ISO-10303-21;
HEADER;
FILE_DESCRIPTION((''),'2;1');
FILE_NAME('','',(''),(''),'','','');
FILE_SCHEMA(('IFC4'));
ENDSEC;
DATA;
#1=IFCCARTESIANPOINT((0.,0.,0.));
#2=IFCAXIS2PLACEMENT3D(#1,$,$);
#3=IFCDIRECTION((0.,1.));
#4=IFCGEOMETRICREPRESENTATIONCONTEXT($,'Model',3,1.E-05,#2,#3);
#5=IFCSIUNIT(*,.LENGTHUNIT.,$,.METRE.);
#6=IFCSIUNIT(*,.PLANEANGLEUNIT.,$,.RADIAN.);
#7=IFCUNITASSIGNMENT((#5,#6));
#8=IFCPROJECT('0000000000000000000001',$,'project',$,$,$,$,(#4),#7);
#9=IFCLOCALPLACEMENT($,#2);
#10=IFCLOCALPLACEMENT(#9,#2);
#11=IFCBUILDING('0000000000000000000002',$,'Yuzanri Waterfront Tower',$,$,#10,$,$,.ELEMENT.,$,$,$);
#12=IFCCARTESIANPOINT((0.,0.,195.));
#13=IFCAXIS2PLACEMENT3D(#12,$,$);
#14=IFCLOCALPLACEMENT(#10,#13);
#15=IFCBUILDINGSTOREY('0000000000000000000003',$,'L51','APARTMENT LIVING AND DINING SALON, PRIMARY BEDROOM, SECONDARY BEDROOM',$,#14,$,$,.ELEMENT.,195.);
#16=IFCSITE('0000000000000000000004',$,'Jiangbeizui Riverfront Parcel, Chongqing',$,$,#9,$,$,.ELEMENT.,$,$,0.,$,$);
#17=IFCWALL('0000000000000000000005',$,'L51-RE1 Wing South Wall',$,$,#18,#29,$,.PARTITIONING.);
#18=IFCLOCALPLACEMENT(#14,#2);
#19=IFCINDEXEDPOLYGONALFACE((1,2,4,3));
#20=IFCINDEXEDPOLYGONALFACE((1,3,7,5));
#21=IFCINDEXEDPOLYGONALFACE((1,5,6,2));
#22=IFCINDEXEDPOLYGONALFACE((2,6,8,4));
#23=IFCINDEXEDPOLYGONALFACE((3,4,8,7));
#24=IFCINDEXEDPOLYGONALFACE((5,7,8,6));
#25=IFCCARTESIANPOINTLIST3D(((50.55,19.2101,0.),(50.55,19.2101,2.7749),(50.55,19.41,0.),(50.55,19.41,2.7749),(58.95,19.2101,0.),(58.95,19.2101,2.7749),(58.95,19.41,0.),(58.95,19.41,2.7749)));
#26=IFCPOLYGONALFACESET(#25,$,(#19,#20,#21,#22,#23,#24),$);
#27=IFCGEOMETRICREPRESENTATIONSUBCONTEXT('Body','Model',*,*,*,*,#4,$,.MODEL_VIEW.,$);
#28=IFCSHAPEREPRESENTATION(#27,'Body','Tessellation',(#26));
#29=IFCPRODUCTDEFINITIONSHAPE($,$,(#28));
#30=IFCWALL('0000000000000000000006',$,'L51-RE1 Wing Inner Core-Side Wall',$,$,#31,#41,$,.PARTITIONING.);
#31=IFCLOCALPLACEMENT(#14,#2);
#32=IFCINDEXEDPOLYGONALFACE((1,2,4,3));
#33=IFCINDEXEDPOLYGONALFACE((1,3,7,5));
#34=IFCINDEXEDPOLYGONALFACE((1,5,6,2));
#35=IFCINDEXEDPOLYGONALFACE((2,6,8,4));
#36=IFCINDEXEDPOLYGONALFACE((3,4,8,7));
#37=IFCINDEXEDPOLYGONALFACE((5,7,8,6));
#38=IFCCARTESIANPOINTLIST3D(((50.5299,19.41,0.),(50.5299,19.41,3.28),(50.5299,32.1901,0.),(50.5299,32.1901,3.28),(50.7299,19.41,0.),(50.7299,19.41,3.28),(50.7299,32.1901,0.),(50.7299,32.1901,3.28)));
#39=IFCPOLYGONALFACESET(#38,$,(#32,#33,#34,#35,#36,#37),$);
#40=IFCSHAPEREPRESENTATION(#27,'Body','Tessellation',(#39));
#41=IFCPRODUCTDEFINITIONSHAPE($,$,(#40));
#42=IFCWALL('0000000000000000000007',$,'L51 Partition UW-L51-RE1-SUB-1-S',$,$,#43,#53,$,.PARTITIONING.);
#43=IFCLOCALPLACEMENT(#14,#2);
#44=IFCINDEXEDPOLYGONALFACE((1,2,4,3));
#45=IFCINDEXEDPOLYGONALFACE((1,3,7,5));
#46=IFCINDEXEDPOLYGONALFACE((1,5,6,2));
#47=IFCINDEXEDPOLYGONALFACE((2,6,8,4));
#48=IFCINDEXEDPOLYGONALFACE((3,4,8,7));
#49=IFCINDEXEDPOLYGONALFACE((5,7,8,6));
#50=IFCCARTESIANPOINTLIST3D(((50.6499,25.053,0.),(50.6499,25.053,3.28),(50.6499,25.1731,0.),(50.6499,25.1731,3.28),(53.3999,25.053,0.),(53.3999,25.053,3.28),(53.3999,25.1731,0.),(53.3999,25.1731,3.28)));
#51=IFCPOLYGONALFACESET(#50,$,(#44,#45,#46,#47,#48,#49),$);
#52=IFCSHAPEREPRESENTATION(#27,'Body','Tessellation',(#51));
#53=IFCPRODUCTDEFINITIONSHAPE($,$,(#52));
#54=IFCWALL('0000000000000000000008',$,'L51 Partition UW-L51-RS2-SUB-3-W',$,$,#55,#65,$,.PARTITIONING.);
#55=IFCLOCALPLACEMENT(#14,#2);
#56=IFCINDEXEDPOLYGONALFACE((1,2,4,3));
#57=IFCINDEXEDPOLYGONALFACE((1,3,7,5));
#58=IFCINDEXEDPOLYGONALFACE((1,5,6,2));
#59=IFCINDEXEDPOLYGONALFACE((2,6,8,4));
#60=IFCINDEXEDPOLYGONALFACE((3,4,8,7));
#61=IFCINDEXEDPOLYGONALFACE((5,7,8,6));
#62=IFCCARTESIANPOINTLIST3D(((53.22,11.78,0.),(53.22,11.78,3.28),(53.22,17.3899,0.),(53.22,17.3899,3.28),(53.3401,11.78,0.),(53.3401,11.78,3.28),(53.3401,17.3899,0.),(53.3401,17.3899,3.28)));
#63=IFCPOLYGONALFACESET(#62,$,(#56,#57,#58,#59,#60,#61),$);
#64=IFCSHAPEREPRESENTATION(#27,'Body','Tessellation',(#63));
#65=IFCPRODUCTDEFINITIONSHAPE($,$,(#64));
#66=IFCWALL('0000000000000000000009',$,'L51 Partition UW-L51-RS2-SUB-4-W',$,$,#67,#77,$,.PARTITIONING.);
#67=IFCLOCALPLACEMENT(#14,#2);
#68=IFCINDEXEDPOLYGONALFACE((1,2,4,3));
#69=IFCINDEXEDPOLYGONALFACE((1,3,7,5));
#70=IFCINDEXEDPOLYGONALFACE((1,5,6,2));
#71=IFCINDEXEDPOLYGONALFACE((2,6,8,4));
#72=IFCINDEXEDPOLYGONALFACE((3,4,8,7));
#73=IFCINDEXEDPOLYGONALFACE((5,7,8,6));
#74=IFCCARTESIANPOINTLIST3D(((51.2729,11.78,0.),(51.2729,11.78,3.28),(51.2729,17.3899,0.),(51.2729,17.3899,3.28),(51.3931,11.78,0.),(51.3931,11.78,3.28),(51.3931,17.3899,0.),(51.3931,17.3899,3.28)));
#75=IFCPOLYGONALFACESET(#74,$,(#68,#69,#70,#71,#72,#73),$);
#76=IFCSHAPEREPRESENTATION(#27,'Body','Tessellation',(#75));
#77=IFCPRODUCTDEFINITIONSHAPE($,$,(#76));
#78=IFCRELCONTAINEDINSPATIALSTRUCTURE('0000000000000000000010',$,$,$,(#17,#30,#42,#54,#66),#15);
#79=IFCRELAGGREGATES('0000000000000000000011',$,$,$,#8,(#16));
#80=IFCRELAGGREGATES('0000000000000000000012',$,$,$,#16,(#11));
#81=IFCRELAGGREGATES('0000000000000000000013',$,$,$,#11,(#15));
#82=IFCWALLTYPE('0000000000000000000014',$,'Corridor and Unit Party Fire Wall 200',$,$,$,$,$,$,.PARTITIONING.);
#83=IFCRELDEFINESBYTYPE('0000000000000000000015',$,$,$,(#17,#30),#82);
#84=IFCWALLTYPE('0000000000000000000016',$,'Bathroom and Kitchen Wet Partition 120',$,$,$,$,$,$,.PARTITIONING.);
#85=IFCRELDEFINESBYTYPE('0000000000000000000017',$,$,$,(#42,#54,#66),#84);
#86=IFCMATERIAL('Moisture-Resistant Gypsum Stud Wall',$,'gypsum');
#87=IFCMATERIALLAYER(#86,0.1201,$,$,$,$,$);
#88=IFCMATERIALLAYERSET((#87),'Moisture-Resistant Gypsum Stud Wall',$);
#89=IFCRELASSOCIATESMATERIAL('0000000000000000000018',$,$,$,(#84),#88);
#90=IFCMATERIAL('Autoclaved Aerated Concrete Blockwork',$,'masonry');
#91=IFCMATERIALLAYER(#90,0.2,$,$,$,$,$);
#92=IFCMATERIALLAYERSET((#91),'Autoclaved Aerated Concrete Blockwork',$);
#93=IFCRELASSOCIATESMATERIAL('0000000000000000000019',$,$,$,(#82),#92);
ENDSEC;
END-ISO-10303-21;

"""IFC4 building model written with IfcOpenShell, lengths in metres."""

from ifc_helpers import new_model, si_unit, direction, frame, frame_2d, origin, place, context, subcontext, project, spatial, rectangle, extrude, source, transform, mapped, material, layer, layer_set, type_object, element, save


model = new_model("IFC4")

# Units and contexts
model_context = context("Model", 3, precision=1e-05, world=origin(), true_north=direction((0.0, 1.0)))
body_context = subcontext(model_context, "Body", "Model", "MODEL_VIEW")
ifc_project = project(units=[si_unit("LENGTHUNIT", "METRE"), si_unit("PLANEANGLEUNIT", "RADIAN")], contexts=[model_context])

# Site, building, storey
site_placement = place(None, origin())
site = spatial("IfcSite", under=ifc_project, at=site_placement, Name="Jiangbeizui Riverfront Parcel, Chongqing", CompositionType="ELEMENT", RefElevation=0.0)
building_placement = place(site_placement, origin())
building = spatial("IfcBuilding", under=site, at=building_placement, Name="Yuzanri Waterfront Tower", CompositionType="ELEMENT")
storey_placement = place(building_placement, frame((0.0, 0.0, 195.0)))
storey = spatial("IfcBuildingStorey", under=building, at=storey_placement, Name="L51", Description="APARTMENT LIVING AND DINING SALON, PRIMARY BEDROOM, SECONDARY BEDROOM", CompositionType="ELEMENT", Elevation=195.0)

# Shared definitions
ifc_material_1 = material(Name="Moisture-Resistant Gypsum Stud Wall", Category="gypsum")
ifc_layer_1 = layer(ifc_material_1, 0.1201)
ifc_layer_set_1 = layer_set([ifc_layer_1], Name="Moisture-Resistant Gypsum Stud Wall")
wall_type_1 = type_object("IfcWallType", Name="Bathroom and Kitchen Wet Partition 120", PredefinedType="PARTITIONING", material=ifc_layer_set_1)

# Walls
ifc_material_2 = material(Name="Autoclaved Aerated Concrete Blockwork", Category="masonry")
ifc_layer_2 = layer(ifc_material_2, 0.2)
ifc_layer_set_2 = layer_set([ifc_layer_2], Name="Autoclaved Aerated Concrete Blockwork")
wall_type_2 = type_object("IfcWallType", Name="Corridor and Unit Party Fire Wall 200", PredefinedType="PARTITIONING", material=ifc_layer_set_2)
shared_shape_1 = source(origin(), body_context, "Body", "SweptSolid", [
    extrude(rectangle(XDim=8.3999, YDim=0.2, at=frame_2d((4.2, 0.0))), origin(), (0.0, 0.0, 1.0), 2.7749),
])
wall_1_placement = place(storey_placement, frame((50.55, 19.3101, 0.0), z_axis=(0.0, 0.0, 1.0), x_axis=(1.0, 0.0, 0.0)))
element("IfcWall", 1, at=wall_1_placement, inside=storey, type_object=wall_type_2, Name="L51-RE1 Wing South Wall", PredefinedType="PARTITIONING", context=body_context, shape_type="MappedRepresentation", body=[
    mapped(shared_shape_1, transform((0.0, 0.0, 0.0), scale=1.0)),
])
shared_shape_2 = source(origin(), body_context, "Body", "SweptSolid", [
    extrude(rectangle(XDim=12.78, YDim=0.2, at=frame_2d((6.3901, 0.0))), origin(), (0.0, 0.0, 1.0), 3.28),
])
wall_2_placement = place(storey_placement, frame((50.6299, 19.4099, 0.0), z_axis=(0.0, 0.0, 1.0), x_axis=(0.0, 1.0, 0.0)))
element("IfcWall", 2, at=wall_2_placement, inside=storey, type_object=wall_type_2, Name="L51-RE1 Wing Inner Core-Side Wall", PredefinedType="PARTITIONING", context=body_context, shape_type="MappedRepresentation", body=[
    mapped(shared_shape_2, transform((0.0, 0.0, 0.0), scale=1.0)),
])
shared_shape_3 = source(origin(), body_context, "Body", "SweptSolid", [
    extrude(rectangle(XDim=2.75, YDim=0.1201, at=frame_2d((1.375, 0.0))), origin(), (0.0, 0.0, 1.0), 3.28),
])
wall_3_placement = place(storey_placement, frame((50.6499, 25.113, 0.0), z_axis=(0.0, 0.0, 1.0), x_axis=(1.0, 0.0, 0.0)))
element("IfcWall", 3, at=wall_3_placement, inside=storey, type_object=wall_type_1, Name="L51 Partition UW-L51-RE1-SUB-1-S", PredefinedType="PARTITIONING", context=body_context, shape_type="MappedRepresentation", body=[
    mapped(shared_shape_3, transform((0.0, 0.0, 0.0), scale=1.0)),
])
shared_shape_4 = source(origin(), body_context, "Body", "SweptSolid", [
    extrude(rectangle(XDim=5.6099, YDim=0.1201, at=frame_2d((2.8049, 0.0))), origin(), (0.0, 0.0, 1.0), 3.28),
])
for number, where, z_axis, x_axis, name in (
    (4, (53.28, 11.78, 0.0), (0.0, 0.0, 1.0), (0.0, 1.0, 0.0), "L51 Partition UW-L51-RS2-SUB-3-W"),
    (5, (51.333, 11.78, 0.0), (0.0, 0.0, 1.0), (0.0, 1.0, 0.0), "L51 Partition UW-L51-RS2-SUB-4-W"),
):
    element("IfcWall", number, at=place(storey_placement, frame(where, z_axis=z_axis, x_axis=x_axis)), inside=storey, type_object=wall_type_1, Name=name, PredefinedType="PARTITIONING", context=body_context, shape_type="MappedRepresentation", body=[
        mapped(shared_shape_4, transform((0.0, 0.0, 0.0), scale=1.0)),
    ])

save(model, "model.ifc")
